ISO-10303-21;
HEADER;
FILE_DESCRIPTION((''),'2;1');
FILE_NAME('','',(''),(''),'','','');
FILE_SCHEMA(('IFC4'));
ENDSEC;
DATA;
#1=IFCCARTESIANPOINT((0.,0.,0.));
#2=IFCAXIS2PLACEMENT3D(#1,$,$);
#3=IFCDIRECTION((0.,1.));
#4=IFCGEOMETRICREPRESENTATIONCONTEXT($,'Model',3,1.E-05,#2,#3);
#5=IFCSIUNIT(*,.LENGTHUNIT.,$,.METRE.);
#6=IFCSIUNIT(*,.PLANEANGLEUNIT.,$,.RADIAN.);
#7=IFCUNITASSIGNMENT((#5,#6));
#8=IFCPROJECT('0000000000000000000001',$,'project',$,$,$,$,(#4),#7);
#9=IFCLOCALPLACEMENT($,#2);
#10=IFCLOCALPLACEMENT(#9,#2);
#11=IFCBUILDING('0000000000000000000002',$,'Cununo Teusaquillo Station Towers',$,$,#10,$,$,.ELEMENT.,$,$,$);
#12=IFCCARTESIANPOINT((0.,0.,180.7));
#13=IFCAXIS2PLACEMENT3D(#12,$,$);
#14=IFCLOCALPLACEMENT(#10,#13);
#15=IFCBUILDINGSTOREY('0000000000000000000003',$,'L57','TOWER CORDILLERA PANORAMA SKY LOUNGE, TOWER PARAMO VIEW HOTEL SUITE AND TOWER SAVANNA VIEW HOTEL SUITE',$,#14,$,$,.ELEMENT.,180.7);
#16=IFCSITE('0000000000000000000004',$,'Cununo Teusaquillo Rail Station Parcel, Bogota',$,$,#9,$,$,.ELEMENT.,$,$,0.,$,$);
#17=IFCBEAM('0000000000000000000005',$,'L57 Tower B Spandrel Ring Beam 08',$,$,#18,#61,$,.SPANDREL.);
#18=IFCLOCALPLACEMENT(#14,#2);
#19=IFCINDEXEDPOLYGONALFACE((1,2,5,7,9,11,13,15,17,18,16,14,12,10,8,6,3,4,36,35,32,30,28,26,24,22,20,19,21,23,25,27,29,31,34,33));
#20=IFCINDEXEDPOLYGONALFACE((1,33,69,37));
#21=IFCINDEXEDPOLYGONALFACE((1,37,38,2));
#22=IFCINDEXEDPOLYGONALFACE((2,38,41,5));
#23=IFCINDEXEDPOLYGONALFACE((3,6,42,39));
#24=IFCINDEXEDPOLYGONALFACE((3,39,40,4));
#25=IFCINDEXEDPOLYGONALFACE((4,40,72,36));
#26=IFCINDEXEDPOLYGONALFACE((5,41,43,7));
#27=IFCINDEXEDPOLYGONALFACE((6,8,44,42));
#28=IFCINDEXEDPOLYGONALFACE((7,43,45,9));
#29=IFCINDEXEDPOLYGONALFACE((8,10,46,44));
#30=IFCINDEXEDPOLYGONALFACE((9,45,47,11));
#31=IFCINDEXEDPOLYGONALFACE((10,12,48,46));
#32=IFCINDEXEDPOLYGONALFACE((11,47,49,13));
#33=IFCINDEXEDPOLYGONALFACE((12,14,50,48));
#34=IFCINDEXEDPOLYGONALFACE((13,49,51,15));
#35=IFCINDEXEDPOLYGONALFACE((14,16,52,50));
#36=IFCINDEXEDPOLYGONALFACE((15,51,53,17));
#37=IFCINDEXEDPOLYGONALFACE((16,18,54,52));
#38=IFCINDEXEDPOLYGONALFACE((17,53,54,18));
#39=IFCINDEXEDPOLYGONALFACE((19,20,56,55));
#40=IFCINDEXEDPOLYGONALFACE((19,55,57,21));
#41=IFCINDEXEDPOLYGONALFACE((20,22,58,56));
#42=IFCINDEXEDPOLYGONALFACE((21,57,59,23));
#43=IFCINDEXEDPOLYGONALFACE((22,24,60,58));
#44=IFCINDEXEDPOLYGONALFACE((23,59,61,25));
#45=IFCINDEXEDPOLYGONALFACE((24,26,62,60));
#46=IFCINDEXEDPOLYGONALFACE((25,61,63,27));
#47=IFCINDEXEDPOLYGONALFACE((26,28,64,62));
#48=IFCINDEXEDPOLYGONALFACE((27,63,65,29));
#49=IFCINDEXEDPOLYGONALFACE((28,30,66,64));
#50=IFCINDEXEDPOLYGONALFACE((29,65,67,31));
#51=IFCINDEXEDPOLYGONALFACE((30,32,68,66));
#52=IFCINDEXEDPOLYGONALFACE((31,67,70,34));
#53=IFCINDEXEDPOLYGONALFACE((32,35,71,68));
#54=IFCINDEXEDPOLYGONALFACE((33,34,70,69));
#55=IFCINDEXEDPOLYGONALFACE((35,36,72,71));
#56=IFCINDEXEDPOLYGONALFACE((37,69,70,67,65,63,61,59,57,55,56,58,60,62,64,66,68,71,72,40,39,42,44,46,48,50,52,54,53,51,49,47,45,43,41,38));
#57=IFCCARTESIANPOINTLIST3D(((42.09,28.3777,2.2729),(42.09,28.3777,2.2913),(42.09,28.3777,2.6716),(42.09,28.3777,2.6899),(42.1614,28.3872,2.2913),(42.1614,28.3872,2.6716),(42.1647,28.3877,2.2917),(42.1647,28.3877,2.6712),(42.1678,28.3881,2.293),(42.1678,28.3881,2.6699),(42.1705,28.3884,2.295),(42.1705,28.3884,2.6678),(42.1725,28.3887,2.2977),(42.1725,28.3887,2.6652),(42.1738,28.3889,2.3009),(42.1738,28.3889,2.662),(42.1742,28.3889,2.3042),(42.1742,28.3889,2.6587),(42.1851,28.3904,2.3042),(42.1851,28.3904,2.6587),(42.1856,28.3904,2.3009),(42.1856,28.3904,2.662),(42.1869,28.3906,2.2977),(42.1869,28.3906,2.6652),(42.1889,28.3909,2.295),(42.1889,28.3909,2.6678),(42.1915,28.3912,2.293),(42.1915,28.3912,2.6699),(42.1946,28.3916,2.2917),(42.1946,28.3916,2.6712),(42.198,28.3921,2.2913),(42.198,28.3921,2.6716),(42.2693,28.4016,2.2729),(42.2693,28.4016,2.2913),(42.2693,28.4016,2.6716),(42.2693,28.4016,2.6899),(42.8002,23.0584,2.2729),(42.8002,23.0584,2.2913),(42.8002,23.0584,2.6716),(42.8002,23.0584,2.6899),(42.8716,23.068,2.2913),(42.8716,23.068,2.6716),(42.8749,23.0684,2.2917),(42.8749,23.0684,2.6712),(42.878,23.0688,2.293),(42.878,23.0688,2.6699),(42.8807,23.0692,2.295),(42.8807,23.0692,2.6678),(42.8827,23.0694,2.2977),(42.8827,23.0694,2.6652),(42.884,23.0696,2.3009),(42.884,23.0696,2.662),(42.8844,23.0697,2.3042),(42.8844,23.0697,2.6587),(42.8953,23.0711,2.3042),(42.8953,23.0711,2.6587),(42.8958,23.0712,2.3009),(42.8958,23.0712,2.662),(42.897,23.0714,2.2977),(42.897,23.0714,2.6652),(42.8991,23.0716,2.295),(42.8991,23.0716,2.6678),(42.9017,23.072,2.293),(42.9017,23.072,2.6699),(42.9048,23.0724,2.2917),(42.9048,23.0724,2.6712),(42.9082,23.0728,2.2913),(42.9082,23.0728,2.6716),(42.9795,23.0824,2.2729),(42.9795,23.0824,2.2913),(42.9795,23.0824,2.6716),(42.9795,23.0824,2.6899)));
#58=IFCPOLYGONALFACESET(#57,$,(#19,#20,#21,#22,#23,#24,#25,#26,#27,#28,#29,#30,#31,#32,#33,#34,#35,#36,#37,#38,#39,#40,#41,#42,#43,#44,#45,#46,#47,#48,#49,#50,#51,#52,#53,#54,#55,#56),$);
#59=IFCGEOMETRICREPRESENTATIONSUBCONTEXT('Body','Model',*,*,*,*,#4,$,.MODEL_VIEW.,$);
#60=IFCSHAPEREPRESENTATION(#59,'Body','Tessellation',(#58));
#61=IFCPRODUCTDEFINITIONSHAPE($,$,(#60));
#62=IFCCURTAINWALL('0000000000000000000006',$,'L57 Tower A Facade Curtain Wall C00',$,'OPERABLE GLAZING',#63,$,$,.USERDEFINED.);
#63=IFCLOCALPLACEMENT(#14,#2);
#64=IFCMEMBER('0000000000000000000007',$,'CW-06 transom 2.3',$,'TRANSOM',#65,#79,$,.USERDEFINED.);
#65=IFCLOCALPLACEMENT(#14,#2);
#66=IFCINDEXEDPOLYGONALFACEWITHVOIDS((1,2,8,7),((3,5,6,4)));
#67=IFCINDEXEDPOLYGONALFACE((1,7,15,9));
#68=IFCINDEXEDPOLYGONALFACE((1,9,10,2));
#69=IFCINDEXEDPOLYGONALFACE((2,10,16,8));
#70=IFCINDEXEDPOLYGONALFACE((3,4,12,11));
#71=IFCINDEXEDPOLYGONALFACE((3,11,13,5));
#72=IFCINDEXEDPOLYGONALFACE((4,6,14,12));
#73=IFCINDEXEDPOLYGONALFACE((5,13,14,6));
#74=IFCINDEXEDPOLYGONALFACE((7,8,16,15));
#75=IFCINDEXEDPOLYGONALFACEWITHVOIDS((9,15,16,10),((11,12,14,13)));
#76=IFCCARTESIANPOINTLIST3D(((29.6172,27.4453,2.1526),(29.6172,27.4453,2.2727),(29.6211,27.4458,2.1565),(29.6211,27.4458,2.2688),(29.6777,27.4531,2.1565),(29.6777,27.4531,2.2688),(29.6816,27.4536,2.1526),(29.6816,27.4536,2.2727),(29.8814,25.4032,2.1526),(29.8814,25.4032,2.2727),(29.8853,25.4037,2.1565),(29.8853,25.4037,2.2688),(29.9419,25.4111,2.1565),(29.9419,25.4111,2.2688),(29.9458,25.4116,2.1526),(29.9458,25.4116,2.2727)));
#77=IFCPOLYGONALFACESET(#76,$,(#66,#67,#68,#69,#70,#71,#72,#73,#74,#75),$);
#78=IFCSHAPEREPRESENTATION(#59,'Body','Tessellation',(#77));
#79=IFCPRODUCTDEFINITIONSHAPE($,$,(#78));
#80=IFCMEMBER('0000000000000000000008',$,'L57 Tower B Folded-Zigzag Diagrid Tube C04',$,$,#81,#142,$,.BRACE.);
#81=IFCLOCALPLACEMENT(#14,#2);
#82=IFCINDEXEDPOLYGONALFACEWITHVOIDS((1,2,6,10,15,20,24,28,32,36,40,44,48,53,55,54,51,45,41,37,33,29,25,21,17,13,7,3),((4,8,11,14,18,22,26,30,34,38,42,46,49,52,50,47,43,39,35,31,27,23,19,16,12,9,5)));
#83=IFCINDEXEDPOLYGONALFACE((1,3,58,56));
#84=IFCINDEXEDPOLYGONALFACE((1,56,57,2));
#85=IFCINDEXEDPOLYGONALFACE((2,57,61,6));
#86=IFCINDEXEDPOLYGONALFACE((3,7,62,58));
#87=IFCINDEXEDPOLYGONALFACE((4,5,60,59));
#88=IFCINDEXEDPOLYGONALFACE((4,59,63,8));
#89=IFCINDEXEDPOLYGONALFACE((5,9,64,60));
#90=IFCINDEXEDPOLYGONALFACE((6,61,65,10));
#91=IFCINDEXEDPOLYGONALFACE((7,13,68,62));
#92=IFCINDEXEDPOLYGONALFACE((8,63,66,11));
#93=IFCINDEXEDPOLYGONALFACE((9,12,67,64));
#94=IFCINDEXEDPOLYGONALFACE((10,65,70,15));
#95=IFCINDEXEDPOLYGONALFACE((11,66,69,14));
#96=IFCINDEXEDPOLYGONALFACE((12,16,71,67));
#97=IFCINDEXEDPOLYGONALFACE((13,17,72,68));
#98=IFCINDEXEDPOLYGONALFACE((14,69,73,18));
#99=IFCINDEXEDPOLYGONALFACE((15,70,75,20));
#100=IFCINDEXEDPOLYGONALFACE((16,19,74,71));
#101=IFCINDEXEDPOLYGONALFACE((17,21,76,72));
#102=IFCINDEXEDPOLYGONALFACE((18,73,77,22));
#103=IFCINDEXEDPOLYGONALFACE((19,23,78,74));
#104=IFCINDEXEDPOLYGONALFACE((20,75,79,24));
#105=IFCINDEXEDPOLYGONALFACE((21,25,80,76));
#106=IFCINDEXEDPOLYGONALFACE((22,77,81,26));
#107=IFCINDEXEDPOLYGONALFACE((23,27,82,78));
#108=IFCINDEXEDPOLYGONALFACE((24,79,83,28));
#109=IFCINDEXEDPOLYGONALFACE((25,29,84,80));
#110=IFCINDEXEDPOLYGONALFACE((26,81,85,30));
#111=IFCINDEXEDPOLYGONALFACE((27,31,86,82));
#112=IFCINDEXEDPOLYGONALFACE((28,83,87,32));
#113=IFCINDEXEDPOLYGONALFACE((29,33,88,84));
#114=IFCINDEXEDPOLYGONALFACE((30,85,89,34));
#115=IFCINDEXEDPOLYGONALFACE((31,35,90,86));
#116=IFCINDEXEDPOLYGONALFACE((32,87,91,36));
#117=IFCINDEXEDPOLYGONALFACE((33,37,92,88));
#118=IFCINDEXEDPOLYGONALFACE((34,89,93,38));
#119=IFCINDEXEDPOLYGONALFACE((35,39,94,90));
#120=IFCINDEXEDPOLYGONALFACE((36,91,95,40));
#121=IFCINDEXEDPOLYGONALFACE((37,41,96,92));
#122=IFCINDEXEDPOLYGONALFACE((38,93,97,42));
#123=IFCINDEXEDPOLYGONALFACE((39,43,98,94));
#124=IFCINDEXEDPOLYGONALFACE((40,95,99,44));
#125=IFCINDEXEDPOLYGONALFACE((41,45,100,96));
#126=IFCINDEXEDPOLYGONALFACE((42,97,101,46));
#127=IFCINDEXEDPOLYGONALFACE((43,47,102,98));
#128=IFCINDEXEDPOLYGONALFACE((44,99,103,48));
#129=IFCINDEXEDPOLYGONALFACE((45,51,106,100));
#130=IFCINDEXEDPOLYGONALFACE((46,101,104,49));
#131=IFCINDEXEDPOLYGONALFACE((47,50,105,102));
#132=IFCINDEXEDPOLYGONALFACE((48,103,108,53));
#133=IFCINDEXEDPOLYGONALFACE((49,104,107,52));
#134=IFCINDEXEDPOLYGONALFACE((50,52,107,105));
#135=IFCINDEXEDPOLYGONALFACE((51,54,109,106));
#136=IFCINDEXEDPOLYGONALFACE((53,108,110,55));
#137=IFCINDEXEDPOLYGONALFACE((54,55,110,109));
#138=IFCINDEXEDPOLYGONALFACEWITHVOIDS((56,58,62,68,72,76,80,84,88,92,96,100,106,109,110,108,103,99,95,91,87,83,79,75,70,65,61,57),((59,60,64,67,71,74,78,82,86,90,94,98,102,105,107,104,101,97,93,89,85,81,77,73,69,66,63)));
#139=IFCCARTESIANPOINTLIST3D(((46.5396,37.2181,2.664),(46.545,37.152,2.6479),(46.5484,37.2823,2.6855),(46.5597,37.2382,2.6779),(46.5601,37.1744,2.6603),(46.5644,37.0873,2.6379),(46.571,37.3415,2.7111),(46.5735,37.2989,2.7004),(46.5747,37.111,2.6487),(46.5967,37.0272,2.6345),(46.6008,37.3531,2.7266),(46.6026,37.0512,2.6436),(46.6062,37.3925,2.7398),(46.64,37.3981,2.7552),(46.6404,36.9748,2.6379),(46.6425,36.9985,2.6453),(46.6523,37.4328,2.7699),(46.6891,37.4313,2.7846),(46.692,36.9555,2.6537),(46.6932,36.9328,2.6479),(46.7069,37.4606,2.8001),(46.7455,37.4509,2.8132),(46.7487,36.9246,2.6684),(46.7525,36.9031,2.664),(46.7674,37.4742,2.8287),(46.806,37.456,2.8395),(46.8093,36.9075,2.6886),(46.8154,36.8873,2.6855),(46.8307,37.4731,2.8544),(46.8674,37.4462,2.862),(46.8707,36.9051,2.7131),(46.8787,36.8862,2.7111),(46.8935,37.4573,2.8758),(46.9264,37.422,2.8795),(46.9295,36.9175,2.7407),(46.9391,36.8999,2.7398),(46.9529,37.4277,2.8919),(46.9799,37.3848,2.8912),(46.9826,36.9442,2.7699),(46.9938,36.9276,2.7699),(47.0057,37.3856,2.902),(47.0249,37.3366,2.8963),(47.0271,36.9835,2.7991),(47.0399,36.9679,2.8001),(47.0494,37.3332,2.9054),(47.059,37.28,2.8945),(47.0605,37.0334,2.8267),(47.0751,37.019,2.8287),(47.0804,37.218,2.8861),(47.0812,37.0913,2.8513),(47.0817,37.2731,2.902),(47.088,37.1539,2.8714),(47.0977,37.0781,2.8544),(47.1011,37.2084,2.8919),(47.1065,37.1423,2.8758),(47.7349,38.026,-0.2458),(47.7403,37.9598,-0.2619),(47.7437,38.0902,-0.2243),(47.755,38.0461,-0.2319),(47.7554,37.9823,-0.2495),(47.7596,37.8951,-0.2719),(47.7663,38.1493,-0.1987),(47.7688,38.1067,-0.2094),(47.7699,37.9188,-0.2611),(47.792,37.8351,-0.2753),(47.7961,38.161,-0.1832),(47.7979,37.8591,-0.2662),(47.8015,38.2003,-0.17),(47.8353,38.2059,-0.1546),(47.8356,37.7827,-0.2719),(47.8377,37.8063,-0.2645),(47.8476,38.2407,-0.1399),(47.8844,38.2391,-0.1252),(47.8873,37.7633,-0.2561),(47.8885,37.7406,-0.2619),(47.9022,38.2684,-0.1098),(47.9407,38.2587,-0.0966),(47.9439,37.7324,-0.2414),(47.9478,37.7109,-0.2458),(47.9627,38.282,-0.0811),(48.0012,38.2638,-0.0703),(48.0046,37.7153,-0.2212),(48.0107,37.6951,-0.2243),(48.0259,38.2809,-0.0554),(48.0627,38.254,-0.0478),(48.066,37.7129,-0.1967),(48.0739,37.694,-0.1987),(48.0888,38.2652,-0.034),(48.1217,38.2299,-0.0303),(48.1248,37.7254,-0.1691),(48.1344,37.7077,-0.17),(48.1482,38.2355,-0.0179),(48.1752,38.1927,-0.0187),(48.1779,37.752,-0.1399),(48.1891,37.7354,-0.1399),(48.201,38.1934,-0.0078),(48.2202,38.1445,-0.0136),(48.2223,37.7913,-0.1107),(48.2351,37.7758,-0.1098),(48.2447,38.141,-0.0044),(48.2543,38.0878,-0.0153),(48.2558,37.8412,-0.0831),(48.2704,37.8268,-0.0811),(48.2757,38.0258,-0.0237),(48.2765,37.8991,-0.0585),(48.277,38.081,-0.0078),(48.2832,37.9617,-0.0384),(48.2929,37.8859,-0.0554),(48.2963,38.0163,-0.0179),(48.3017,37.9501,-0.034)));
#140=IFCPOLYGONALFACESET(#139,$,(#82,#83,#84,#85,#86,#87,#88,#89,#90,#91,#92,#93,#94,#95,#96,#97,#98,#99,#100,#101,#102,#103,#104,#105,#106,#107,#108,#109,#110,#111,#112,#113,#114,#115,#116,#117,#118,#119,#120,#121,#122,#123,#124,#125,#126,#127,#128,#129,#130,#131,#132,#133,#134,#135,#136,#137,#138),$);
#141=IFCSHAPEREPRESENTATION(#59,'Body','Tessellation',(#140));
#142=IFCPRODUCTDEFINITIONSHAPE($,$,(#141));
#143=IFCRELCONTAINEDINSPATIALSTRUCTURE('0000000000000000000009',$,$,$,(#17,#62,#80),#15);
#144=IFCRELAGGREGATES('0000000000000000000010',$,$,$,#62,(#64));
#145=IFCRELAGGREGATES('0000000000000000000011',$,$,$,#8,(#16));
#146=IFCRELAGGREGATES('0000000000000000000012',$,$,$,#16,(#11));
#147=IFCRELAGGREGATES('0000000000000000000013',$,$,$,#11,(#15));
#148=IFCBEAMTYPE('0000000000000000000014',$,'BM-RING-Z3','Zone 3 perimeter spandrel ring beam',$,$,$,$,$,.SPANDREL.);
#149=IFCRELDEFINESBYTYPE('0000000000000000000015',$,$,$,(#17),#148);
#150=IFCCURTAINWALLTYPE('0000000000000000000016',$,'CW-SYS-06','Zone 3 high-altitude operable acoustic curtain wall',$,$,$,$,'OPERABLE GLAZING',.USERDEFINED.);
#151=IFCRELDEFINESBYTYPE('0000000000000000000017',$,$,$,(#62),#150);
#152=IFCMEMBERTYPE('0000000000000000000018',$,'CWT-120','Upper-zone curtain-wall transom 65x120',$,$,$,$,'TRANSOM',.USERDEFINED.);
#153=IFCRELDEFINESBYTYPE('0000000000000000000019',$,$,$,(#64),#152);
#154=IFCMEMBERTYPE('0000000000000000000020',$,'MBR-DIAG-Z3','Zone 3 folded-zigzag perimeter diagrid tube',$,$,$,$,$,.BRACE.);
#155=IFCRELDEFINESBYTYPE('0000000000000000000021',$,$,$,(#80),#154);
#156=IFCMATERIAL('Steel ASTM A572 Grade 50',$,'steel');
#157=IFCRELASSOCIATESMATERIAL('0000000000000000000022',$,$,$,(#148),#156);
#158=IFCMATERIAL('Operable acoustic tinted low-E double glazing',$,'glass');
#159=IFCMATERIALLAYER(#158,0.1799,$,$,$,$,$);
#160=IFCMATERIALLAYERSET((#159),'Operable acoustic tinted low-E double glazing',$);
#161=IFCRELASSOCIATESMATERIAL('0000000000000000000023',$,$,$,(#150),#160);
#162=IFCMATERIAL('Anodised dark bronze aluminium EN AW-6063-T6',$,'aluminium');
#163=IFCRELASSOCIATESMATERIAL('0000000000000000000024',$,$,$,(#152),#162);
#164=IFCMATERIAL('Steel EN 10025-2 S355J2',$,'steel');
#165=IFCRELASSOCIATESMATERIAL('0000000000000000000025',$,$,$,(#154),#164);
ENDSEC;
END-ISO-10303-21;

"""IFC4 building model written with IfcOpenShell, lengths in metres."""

from ifc_helpers import new_model, si_unit, direction, frame, origin, origin_2d, place, context, subcontext, project, spatial, hollow_rectangle, hollow_circle, i_section, extrude, material, layer, layer_set, material_profile, profile_set, type_object, element, aggregate, save


model = new_model("IFC4")

# Units and contexts
model_context = context("Model", 3, precision=1e-05, world=origin(), true_north=direction((0.0, 1.0)))
body_context = subcontext(model_context, "Body", "Model", "MODEL_VIEW")
ifc_project = project(units=[si_unit("LENGTHUNIT", "METRE"), si_unit("PLANEANGLEUNIT", "RADIAN")], contexts=[model_context])

# Site, building, storey
site_placement = place(None, origin())
site = spatial("IfcSite", under=ifc_project, at=site_placement, Name="Cununo Teusaquillo Rail Station Parcel, Bogota", CompositionType="ELEMENT", RefElevation=0.0)
building_placement = place(site_placement, origin())
building = spatial("IfcBuilding", under=site, at=building_placement, Name="Cununo Teusaquillo Station Towers", CompositionType="ELEMENT")
storey_placement = place(building_placement, frame((0.0, 0.0, 180.7)))
storey = spatial("IfcBuildingStorey", under=building, at=storey_placement, Name="L57", Description="TOWER CORDILLERA PANORAMA SKY LOUNGE, TOWER PARAMO VIEW HOTEL SUITE AND TOWER SAVANNA VIEW HOTEL SUITE", CompositionType="ELEMENT", Elevation=180.7)

# Beam
ifc_material_1 = material(Name="Steel ASTM A572 Grade 50", Category="steel")
ifc_material_profile_1 = material_profile(ifc_material_1, i_section(OverallWidth=0.1809, OverallDepth=0.417, WebThickness=0.011, FlangeThickness=0.0183, FilletRadius=0.0129, at=origin_2d()), Name="W16X57")
ifc_profile_set_1 = profile_set([ifc_material_profile_1], Name="Steel ASTM A572 Grade 50")
beam_type_1 = type_object("IfcBeamType", Name="BM-RING-Z3", Description="Zone 3 perimeter spandrel ring beam", PredefinedType="SPANDREL", material=ifc_profile_set_1)
beam_1_placement = place(storey_placement, frame((42.1797, 28.3896, 2.4814), z_axis=(0.13234, -0.991204, 0.0), x_axis=(0.991204, 0.13234, 0.0)))
element("IfcBeam", 1, at=beam_1_placement, inside=storey, type_object=beam_type_1, Name="L57 Tower B Spandrel Ring Beam 08", PredefinedType="SPANDREL", context=body_context, shape_type="SweptSolid", body=[
    extrude(i_section(OverallWidth=0.1809, OverallDepth=0.417, WebThickness=0.011, FlangeThickness=0.0183, FilletRadius=0.0129, at=origin_2d()), origin(), (0.0, 0.0, 1.0), 5.3665),
])

# Curtain wall, member
ifc_material_2 = material(Name="Operable acoustic tinted low-E double glazing", Category="glass")
ifc_layer_1 = layer(ifc_material_2, 0.1799)
ifc_layer_set_1 = layer_set([ifc_layer_1], Name="Operable acoustic tinted low-E double glazing")
curtain_wall_type = type_object("IfcCurtainWallType", Name="CW-SYS-06", Description="Zone 3 high-altitude operable acoustic curtain wall", ElementType="OPERABLE GLAZING", PredefinedType="USERDEFINED", material=ifc_layer_set_1)
curtain_wall_placement = place(storey_placement, origin())
curtain_wall = element("IfcCurtainWall", 2, at=curtain_wall_placement, inside=storey, type_object=curtain_wall_type, Name="L57 Tower A Facade Curtain Wall C00", ObjectType="OPERABLE GLAZING", PredefinedType="USERDEFINED")
ifc_material_3 = material(Name="Anodised dark bronze aluminium EN AW-6063-T6", Category="aluminium")
ifc_material_profile_2 = material_profile(ifc_material_3, hollow_rectangle(XDim=0.0649, YDim=0.1201, WallThickness=0.0039, at=origin_2d()), Name="CW-TRAN-65x120")
ifc_profile_set_2 = profile_set([ifc_material_profile_2], Name="Anodised dark bronze aluminium EN AW-6063-T6")
member_type_1 = type_object("IfcMemberType", Name="CWT-120", Description="Upper-zone curtain-wall transom 65x120", ElementType="TRANSOM", PredefinedType="USERDEFINED", material=ifc_profile_set_2)
member_1_placement = place(storey_placement, frame((29.6494, 27.4495, 2.2126), z_axis=(0.128295, -0.991736, 0.0), x_axis=(0.991736, 0.128295, 0.0)))
member_1 = element("IfcMember", 3, at=member_1_placement, type_object=member_type_1, Name="CW-06 transom 2.3", ObjectType="TRANSOM", PredefinedType="USERDEFINED", context=body_context, shape_type="SweptSolid", body=[
    extrude(hollow_rectangle(XDim=0.0649, YDim=0.1201, WallThickness=0.0039, at=origin_2d()), origin(), (0.0, 0.0, 1.0), 2.0591),
])

# Member
ifc_material_4 = material(Name="Steel EN 10025-2 S355J2", Category="steel")
ifc_material_profile_3 = material_profile(ifc_material_4, hollow_circle(Radius=0.3049, WallThickness=0.02, at=origin_2d()), Name="CHS 610x20")
ifc_profile_set_3 = profile_set([ifc_material_profile_3], Name="Steel EN 10025-2 S355J2")
member_type_2 = type_object("IfcMemberType", Name="MBR-DIAG-Z3", Description="Zone 3 folded-zigzag perimeter diagrid tube", PredefinedType="BRACE", material=ifc_profile_set_3)
member_2_placement = place(storey_placement, frame((48.0183, 37.988, -0.1399), z_axis=(-0.368024, -0.248732, 0.89593), x_axis=(0.559961, -0.828519, 0.0)))
element("IfcMember", 4, at=member_2_placement, inside=storey, type_object=member_type_2, Name="L57 Tower B Folded-Zigzag Diagrid Tube C04", PredefinedType="BRACE", context=body_context, shape_type="SweptSolid", body=[
    extrude(hollow_circle(Radius=0.3049, WallThickness=0.02, at=origin_2d()), origin(), (0.0, 0.0, 1.0), 3.2478),
])

aggregate(curtain_wall, [member_1])

save(model, "model.ifc")
